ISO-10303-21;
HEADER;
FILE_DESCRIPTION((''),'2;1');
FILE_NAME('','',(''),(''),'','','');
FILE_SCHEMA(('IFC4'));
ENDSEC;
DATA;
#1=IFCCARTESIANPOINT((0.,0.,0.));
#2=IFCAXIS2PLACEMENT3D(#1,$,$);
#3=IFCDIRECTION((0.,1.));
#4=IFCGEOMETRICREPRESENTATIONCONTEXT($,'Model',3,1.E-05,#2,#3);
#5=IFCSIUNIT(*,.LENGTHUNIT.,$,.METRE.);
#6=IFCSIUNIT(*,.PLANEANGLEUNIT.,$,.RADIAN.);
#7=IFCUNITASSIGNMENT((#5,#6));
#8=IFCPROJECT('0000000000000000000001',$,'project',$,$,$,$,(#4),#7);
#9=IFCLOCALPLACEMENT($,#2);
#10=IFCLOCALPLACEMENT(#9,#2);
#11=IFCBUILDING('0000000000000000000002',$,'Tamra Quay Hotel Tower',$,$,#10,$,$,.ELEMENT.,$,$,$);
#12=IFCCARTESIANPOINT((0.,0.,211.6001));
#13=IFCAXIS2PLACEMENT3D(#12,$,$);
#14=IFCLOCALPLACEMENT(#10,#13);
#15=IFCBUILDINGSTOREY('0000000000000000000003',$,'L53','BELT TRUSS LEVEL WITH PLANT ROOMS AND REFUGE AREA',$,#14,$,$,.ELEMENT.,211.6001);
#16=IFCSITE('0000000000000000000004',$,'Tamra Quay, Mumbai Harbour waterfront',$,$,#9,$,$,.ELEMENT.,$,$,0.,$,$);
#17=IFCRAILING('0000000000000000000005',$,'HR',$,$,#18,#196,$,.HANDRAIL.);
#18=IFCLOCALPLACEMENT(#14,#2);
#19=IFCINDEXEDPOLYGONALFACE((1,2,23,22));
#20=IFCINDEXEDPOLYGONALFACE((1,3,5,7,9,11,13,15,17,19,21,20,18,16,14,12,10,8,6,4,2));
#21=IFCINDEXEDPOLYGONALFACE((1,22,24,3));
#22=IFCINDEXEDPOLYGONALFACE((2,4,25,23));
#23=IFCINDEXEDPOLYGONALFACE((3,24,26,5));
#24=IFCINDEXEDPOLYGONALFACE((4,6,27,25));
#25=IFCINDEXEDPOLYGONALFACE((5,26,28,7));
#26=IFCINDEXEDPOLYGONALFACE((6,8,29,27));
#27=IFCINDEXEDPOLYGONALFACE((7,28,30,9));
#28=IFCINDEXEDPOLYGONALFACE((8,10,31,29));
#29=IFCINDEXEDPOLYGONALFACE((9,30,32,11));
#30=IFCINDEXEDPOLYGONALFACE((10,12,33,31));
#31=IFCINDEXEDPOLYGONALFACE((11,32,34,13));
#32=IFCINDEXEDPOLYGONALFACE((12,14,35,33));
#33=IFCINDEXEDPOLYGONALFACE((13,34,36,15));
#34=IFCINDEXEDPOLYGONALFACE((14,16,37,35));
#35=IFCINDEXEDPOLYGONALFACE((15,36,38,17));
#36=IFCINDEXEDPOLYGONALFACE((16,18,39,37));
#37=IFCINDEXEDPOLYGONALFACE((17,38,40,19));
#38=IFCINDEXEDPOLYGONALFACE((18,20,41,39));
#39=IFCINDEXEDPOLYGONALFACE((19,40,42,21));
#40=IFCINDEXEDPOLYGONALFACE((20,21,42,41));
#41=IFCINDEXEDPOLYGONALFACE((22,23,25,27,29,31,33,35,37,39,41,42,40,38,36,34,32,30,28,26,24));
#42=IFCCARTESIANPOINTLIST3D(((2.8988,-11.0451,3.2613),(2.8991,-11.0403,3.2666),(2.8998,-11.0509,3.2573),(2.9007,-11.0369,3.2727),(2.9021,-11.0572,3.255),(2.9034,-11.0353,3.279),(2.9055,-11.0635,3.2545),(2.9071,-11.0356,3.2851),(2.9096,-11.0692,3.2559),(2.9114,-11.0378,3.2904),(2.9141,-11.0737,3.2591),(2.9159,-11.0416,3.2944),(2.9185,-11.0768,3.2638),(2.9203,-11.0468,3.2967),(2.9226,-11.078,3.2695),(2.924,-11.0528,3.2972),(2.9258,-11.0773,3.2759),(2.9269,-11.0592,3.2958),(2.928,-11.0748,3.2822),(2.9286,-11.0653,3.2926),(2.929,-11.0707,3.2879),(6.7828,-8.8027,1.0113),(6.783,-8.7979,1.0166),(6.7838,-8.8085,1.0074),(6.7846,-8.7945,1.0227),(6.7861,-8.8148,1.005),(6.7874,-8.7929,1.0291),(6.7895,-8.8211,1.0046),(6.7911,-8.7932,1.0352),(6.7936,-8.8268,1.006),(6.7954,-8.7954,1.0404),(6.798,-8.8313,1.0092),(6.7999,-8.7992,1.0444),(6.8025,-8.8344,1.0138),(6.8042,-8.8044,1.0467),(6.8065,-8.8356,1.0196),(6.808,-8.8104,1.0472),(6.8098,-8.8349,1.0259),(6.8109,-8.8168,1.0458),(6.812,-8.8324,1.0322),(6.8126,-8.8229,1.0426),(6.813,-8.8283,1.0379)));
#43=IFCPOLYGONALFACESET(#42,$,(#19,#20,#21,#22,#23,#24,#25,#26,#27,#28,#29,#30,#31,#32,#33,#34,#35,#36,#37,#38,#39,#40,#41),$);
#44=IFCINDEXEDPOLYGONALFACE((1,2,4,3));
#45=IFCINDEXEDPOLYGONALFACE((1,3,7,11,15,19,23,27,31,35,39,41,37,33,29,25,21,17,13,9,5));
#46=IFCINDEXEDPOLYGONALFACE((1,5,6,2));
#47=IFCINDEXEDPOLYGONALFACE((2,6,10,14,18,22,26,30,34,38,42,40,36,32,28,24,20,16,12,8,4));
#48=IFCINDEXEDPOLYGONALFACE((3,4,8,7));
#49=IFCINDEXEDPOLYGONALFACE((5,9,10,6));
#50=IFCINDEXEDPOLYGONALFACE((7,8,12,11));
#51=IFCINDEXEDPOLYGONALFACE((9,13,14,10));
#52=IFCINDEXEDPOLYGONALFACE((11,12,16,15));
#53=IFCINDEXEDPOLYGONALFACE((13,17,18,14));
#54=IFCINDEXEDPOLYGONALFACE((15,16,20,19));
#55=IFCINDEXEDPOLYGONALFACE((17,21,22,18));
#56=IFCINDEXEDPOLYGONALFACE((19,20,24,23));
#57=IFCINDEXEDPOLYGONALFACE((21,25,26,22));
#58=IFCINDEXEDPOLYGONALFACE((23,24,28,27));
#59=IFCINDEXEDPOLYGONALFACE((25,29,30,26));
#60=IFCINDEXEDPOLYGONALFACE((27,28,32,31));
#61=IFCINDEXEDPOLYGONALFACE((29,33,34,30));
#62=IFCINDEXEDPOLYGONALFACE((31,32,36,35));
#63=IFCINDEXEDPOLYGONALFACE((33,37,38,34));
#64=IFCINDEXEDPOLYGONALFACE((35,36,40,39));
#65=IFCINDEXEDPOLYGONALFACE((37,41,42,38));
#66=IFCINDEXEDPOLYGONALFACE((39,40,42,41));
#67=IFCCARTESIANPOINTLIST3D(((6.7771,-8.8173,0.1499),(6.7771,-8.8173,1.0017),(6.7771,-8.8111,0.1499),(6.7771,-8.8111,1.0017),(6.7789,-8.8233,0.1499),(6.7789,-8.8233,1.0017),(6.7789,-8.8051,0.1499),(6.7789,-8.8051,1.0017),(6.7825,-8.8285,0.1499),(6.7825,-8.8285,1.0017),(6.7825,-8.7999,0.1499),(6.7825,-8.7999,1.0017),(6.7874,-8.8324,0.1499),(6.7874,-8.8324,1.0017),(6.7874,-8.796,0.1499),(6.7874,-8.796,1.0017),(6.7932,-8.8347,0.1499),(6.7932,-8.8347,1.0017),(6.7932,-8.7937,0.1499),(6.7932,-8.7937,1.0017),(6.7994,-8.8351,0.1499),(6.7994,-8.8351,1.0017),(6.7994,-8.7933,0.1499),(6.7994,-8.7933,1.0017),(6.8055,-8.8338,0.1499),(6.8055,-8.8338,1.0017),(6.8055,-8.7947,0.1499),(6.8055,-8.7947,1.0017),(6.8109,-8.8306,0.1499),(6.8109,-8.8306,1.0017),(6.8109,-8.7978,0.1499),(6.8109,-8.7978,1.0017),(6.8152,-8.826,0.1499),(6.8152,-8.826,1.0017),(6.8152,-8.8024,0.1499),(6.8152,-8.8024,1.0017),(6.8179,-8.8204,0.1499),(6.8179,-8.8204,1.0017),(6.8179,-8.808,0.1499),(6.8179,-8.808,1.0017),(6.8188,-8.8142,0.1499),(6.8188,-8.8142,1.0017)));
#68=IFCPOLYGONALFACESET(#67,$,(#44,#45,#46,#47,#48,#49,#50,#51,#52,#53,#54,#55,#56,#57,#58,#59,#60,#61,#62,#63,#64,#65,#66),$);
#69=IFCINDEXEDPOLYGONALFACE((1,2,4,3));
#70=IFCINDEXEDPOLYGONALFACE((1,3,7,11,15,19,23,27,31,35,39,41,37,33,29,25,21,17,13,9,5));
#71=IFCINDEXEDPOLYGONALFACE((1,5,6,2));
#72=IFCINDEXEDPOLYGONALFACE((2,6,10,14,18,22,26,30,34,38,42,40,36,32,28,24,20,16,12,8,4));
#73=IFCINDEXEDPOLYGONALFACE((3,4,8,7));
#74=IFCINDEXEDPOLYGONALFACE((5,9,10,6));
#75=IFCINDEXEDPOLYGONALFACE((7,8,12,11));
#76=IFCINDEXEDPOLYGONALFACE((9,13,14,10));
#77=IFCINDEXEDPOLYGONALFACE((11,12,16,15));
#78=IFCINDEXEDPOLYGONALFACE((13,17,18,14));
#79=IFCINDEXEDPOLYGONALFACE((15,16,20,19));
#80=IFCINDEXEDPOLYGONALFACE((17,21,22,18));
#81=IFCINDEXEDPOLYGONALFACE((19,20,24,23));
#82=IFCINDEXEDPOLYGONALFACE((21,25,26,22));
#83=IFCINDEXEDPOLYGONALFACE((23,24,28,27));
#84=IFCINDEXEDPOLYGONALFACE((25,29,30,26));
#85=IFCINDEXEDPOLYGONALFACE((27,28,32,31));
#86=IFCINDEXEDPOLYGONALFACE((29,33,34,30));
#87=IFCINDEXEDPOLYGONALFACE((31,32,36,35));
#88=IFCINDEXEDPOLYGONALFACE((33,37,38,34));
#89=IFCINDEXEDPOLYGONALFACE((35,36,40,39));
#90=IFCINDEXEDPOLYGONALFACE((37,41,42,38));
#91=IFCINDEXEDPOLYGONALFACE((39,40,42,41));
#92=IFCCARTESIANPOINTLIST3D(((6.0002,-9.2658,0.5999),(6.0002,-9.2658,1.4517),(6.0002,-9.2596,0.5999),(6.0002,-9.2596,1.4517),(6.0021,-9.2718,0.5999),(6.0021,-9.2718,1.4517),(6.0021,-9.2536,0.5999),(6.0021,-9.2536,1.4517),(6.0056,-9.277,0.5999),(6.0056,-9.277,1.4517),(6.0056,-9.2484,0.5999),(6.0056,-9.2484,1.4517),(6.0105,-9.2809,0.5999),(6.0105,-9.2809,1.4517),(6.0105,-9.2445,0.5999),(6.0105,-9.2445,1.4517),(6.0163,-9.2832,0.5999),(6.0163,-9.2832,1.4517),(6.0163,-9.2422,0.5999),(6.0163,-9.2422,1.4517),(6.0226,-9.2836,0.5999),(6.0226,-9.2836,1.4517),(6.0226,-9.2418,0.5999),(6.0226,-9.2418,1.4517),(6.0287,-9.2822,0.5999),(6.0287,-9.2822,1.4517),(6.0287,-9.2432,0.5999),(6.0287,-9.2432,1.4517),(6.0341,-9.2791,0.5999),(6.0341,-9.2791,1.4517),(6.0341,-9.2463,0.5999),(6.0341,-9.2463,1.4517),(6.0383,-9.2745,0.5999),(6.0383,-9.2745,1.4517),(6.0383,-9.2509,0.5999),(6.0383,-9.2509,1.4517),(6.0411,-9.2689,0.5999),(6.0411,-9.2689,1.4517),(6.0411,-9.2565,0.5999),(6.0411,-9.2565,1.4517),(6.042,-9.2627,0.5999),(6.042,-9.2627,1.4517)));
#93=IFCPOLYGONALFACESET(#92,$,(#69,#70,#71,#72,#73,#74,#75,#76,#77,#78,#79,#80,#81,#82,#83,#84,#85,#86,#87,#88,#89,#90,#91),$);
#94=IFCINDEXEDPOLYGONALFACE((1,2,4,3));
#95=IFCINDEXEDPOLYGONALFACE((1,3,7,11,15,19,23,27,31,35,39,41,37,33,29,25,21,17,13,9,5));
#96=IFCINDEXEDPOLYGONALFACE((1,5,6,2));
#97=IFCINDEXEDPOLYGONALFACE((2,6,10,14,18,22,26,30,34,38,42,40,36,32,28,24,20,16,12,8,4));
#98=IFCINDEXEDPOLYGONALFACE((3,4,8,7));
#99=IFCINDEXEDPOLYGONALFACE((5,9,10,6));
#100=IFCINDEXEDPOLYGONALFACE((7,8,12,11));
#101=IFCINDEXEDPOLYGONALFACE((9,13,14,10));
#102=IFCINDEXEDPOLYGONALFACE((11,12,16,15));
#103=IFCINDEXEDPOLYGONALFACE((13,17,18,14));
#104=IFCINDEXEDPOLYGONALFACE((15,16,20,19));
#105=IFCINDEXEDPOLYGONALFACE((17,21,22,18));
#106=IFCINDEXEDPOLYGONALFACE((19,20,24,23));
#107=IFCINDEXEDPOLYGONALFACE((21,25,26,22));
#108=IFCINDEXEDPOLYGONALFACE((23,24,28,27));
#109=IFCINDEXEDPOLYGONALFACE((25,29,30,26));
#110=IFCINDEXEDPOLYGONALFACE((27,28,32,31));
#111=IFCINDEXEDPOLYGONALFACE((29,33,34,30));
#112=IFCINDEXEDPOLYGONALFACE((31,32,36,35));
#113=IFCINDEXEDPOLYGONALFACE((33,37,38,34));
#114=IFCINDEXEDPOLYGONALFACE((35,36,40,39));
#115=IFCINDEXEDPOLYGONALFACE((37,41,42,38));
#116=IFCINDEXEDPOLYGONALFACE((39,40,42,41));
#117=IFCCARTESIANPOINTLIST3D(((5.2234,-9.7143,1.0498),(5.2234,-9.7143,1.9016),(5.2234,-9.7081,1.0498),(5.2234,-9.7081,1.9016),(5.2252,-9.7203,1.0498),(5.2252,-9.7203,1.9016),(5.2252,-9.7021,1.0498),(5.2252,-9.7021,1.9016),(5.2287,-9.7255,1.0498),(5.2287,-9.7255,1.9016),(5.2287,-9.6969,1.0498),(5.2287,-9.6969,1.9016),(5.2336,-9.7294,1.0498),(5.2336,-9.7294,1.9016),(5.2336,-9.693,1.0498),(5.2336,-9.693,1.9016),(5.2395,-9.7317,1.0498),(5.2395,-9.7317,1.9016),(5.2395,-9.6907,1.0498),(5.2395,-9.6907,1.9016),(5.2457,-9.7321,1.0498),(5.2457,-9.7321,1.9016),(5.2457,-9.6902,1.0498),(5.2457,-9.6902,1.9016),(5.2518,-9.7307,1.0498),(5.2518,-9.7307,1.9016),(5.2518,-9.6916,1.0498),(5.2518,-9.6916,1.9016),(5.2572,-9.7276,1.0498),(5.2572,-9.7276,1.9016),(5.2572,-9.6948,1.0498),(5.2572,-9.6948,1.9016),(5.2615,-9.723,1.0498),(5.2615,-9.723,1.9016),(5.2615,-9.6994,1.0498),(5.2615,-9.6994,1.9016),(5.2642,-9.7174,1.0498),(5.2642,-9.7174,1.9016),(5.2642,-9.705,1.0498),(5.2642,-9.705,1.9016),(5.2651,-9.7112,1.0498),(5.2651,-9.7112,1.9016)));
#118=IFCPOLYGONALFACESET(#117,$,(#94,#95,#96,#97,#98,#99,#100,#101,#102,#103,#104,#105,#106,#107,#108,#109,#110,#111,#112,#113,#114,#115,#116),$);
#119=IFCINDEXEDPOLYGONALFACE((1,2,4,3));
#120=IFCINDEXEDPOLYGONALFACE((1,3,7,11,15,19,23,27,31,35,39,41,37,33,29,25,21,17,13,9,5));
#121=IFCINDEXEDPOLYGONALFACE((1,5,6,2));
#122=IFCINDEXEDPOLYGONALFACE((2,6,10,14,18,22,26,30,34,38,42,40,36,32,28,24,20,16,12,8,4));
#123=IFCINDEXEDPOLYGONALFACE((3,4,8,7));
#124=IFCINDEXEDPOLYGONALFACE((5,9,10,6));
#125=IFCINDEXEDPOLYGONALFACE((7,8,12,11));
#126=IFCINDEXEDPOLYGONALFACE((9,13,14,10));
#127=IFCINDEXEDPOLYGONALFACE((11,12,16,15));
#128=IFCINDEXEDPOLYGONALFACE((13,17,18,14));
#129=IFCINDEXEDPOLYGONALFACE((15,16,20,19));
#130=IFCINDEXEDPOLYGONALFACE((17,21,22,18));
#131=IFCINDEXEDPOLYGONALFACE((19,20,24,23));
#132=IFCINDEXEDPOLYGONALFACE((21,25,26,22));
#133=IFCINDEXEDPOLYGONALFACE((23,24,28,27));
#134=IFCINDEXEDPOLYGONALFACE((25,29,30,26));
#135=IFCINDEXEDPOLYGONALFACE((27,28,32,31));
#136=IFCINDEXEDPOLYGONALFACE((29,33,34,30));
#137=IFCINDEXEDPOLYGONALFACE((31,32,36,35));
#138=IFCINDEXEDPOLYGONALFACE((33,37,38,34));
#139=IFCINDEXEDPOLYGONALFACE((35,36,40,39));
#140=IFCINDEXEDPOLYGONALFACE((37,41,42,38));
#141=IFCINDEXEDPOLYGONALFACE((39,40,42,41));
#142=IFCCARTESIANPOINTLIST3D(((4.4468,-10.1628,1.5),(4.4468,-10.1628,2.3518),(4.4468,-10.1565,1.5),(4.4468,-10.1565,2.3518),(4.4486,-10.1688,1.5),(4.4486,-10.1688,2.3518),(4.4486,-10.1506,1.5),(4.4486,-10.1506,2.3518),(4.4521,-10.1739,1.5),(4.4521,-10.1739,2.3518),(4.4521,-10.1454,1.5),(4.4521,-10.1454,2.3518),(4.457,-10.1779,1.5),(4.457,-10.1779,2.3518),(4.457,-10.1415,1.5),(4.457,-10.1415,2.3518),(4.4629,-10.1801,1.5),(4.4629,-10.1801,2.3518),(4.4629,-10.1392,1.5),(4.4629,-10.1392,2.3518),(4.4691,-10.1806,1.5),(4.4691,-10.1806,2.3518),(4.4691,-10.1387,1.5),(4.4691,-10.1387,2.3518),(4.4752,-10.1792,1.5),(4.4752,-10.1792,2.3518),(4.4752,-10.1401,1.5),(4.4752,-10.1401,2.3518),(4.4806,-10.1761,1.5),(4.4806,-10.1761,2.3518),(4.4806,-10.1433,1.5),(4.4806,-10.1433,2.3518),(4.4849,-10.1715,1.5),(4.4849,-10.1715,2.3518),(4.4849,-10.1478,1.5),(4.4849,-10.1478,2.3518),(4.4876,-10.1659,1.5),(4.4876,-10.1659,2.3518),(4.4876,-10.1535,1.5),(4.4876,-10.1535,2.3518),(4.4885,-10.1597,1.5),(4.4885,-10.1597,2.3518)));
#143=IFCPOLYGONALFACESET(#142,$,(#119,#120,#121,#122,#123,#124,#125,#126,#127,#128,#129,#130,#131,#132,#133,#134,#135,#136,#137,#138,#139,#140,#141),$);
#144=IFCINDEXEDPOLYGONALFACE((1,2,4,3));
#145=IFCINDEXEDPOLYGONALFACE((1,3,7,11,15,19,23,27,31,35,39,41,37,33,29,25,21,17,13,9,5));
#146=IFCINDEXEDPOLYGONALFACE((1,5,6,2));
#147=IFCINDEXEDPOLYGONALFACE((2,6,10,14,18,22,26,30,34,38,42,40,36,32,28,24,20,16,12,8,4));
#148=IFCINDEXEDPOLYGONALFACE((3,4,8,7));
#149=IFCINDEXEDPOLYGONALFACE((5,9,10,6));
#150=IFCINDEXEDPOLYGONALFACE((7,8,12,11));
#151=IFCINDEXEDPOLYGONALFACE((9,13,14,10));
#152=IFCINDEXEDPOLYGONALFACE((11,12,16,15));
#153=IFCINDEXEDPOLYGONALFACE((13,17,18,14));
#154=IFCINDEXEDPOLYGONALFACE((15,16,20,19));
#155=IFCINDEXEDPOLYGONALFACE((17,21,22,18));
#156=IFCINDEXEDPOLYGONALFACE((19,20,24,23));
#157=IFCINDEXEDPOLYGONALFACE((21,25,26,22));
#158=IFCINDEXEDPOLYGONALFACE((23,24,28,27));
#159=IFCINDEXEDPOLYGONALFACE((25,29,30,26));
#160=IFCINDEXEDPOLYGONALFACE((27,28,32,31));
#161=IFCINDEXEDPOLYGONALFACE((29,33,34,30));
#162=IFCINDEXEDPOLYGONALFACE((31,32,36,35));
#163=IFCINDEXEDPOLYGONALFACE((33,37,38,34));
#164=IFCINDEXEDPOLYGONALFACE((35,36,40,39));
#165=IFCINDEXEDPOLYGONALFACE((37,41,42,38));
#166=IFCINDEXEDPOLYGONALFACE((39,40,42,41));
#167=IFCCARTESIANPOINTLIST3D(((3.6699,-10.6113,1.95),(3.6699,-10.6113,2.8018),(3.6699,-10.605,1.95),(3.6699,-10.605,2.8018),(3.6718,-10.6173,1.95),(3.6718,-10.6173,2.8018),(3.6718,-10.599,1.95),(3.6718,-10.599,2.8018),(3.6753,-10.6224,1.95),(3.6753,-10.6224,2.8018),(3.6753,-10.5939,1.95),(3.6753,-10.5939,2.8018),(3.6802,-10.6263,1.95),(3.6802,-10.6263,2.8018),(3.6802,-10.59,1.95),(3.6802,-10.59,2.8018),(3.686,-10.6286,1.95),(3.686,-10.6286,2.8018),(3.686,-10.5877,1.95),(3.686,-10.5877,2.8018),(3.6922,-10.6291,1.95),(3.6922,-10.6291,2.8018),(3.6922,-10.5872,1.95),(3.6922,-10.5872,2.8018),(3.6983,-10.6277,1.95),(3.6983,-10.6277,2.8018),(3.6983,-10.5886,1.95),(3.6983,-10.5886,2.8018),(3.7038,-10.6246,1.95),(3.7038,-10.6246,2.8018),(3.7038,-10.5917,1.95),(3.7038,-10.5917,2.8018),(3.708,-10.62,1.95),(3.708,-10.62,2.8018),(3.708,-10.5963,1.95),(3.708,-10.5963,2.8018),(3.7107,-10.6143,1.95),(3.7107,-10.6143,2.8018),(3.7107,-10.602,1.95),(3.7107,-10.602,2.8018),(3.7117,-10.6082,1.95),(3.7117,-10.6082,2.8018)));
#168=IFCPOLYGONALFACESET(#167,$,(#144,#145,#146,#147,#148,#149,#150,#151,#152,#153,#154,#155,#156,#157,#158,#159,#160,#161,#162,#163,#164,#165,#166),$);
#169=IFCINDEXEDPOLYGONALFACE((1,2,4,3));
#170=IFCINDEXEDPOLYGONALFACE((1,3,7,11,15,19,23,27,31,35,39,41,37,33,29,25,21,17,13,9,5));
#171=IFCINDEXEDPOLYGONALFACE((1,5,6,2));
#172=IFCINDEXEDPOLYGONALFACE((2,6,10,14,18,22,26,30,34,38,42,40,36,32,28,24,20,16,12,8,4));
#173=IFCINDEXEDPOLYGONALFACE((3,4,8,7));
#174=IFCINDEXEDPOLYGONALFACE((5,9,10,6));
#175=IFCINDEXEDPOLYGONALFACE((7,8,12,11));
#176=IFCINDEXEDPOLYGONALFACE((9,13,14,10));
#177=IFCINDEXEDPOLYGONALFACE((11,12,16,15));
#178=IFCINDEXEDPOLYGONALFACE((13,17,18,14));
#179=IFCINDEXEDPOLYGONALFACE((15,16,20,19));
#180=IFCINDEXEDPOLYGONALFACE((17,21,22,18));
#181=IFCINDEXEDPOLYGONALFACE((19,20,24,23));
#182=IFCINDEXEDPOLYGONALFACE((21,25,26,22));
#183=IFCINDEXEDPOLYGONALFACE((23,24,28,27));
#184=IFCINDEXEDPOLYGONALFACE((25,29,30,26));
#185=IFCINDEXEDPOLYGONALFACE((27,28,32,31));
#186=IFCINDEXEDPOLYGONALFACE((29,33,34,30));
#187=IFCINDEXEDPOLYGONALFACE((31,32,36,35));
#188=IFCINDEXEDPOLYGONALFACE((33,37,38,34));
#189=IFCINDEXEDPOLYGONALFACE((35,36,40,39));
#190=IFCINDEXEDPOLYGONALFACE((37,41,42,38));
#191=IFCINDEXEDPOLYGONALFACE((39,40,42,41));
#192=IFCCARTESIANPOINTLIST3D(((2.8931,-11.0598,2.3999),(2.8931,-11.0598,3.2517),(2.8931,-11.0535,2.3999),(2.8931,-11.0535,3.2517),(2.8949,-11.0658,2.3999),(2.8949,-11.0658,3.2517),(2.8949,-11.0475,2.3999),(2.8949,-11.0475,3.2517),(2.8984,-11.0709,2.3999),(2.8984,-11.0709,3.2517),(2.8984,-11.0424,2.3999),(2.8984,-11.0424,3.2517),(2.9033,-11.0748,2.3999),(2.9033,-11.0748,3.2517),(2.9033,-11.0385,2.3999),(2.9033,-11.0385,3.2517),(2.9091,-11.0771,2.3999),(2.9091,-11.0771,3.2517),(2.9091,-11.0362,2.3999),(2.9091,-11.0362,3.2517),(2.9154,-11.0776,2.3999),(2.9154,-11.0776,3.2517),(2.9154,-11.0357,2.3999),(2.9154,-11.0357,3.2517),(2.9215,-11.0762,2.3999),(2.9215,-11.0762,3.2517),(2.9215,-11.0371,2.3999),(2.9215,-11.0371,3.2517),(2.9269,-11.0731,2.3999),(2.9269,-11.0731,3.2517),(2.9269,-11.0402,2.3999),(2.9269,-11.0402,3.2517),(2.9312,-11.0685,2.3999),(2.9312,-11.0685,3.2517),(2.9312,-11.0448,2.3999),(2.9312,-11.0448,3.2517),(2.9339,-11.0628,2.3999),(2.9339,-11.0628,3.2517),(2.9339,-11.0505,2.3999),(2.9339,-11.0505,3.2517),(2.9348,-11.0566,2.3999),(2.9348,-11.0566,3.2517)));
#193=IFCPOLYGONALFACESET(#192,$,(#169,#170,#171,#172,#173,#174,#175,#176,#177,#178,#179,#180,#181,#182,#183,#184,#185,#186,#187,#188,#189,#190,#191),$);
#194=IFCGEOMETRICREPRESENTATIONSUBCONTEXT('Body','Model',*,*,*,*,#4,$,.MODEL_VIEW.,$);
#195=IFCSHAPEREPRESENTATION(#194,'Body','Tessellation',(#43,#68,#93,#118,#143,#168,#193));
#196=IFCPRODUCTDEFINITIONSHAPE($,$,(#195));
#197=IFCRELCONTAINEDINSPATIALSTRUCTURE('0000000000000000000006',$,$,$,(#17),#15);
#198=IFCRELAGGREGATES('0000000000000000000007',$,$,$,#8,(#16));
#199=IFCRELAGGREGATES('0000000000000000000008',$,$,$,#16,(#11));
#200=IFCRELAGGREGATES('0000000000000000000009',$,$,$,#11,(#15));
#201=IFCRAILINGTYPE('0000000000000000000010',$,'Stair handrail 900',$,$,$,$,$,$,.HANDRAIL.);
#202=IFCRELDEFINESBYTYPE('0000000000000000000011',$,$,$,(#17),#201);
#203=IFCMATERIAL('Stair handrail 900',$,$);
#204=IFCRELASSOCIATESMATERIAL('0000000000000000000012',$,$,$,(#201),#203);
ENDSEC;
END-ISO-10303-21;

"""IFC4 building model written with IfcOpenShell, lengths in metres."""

from ifc_helpers import new_model, si_unit, direction, frame, origin, origin_2d, place, context, subcontext, project, spatial, circle, extrude, material, type_object, element, save


model = new_model("IFC4")

# Units and contexts
model_context = context("Model", 3, precision=1e-05, world=origin(), true_north=direction((0.0, 1.0)))
body_context = subcontext(model_context, "Body", "Model", "MODEL_VIEW")
ifc_project = project(units=[si_unit("LENGTHUNIT", "METRE"), si_unit("PLANEANGLEUNIT", "RADIAN")], contexts=[model_context])

# Site, building, storey
site_placement = place(None, origin())
site = spatial("IfcSite", under=ifc_project, at=site_placement, Name="Tamra Quay, Mumbai Harbour waterfront", CompositionType="ELEMENT", RefElevation=0.0)
building_placement = place(site_placement, origin())
building = spatial("IfcBuilding", under=site, at=building_placement, Name="Tamra Quay Hotel Tower", CompositionType="ELEMENT")
storey_placement = place(building_placement, frame((0.0, 0.0, 211.6001)))
storey = spatial("IfcBuildingStorey", under=building, at=storey_placement, Name="L53", Description="BELT TRUSS LEVEL WITH PLANT ROOMS AND REFUGE AREA", CompositionType="ELEMENT", Elevation=211.6001)

# Railing
ifc_material_1 = material(Name="Stair handrail 900")
railing_type_1 = type_object("IfcRailingType", Name="Stair handrail 900", PredefinedType="HANDRAIL", material=ifc_material_1)
railing_1_placement = place(storey_placement, frame((6.7979, -8.8142, 0.1499)))
element("IfcRailing", 1, at=railing_1_placement, inside=storey, type_object=railing_type_1, Name="HR", PredefinedType="HANDRAIL", context=body_context, shape_type="SweptSolid", body=[
    extrude(circle(Radius=0.0239, at=origin_2d()), frame((0.0, 0.0, 0.876), z_axis=(-0.774076, -0.44691, 0.448418), x_axis=(0.499997, -0.866027, 0.0)), (0.0, 0.0, 1.0), 5.0176),
    extrude(circle(Radius=0.021, at=origin_2d()), origin(), (0.0, 0.0, 1.0), 0.8518),
    extrude(circle(Radius=0.021, at=origin_2d()), frame((-0.7769, -0.4485, 0.45)), (0.0, 0.0, 1.0), 0.8518),
    extrude(circle(Radius=0.021, at=origin_2d()), frame((-1.5537, -0.897, 0.8999)), (0.0, 0.0, 1.0), 0.8518),
    extrude(circle(Radius=0.021, at=origin_2d()), frame((-2.3303, -1.3455, 1.3501)), (0.0, 0.0, 1.0), 0.8518),
    extrude(circle(Radius=0.021, at=origin_2d()), frame((-3.1072, -1.7939, 1.8)), (0.0, 0.0, 1.0), 0.8518),
    extrude(circle(Radius=0.021, at=origin_2d()), frame((-3.884, -2.2424, 2.25)), (0.0, 0.0, 1.0), 0.8518),
])

save(model, "model.ifc")
